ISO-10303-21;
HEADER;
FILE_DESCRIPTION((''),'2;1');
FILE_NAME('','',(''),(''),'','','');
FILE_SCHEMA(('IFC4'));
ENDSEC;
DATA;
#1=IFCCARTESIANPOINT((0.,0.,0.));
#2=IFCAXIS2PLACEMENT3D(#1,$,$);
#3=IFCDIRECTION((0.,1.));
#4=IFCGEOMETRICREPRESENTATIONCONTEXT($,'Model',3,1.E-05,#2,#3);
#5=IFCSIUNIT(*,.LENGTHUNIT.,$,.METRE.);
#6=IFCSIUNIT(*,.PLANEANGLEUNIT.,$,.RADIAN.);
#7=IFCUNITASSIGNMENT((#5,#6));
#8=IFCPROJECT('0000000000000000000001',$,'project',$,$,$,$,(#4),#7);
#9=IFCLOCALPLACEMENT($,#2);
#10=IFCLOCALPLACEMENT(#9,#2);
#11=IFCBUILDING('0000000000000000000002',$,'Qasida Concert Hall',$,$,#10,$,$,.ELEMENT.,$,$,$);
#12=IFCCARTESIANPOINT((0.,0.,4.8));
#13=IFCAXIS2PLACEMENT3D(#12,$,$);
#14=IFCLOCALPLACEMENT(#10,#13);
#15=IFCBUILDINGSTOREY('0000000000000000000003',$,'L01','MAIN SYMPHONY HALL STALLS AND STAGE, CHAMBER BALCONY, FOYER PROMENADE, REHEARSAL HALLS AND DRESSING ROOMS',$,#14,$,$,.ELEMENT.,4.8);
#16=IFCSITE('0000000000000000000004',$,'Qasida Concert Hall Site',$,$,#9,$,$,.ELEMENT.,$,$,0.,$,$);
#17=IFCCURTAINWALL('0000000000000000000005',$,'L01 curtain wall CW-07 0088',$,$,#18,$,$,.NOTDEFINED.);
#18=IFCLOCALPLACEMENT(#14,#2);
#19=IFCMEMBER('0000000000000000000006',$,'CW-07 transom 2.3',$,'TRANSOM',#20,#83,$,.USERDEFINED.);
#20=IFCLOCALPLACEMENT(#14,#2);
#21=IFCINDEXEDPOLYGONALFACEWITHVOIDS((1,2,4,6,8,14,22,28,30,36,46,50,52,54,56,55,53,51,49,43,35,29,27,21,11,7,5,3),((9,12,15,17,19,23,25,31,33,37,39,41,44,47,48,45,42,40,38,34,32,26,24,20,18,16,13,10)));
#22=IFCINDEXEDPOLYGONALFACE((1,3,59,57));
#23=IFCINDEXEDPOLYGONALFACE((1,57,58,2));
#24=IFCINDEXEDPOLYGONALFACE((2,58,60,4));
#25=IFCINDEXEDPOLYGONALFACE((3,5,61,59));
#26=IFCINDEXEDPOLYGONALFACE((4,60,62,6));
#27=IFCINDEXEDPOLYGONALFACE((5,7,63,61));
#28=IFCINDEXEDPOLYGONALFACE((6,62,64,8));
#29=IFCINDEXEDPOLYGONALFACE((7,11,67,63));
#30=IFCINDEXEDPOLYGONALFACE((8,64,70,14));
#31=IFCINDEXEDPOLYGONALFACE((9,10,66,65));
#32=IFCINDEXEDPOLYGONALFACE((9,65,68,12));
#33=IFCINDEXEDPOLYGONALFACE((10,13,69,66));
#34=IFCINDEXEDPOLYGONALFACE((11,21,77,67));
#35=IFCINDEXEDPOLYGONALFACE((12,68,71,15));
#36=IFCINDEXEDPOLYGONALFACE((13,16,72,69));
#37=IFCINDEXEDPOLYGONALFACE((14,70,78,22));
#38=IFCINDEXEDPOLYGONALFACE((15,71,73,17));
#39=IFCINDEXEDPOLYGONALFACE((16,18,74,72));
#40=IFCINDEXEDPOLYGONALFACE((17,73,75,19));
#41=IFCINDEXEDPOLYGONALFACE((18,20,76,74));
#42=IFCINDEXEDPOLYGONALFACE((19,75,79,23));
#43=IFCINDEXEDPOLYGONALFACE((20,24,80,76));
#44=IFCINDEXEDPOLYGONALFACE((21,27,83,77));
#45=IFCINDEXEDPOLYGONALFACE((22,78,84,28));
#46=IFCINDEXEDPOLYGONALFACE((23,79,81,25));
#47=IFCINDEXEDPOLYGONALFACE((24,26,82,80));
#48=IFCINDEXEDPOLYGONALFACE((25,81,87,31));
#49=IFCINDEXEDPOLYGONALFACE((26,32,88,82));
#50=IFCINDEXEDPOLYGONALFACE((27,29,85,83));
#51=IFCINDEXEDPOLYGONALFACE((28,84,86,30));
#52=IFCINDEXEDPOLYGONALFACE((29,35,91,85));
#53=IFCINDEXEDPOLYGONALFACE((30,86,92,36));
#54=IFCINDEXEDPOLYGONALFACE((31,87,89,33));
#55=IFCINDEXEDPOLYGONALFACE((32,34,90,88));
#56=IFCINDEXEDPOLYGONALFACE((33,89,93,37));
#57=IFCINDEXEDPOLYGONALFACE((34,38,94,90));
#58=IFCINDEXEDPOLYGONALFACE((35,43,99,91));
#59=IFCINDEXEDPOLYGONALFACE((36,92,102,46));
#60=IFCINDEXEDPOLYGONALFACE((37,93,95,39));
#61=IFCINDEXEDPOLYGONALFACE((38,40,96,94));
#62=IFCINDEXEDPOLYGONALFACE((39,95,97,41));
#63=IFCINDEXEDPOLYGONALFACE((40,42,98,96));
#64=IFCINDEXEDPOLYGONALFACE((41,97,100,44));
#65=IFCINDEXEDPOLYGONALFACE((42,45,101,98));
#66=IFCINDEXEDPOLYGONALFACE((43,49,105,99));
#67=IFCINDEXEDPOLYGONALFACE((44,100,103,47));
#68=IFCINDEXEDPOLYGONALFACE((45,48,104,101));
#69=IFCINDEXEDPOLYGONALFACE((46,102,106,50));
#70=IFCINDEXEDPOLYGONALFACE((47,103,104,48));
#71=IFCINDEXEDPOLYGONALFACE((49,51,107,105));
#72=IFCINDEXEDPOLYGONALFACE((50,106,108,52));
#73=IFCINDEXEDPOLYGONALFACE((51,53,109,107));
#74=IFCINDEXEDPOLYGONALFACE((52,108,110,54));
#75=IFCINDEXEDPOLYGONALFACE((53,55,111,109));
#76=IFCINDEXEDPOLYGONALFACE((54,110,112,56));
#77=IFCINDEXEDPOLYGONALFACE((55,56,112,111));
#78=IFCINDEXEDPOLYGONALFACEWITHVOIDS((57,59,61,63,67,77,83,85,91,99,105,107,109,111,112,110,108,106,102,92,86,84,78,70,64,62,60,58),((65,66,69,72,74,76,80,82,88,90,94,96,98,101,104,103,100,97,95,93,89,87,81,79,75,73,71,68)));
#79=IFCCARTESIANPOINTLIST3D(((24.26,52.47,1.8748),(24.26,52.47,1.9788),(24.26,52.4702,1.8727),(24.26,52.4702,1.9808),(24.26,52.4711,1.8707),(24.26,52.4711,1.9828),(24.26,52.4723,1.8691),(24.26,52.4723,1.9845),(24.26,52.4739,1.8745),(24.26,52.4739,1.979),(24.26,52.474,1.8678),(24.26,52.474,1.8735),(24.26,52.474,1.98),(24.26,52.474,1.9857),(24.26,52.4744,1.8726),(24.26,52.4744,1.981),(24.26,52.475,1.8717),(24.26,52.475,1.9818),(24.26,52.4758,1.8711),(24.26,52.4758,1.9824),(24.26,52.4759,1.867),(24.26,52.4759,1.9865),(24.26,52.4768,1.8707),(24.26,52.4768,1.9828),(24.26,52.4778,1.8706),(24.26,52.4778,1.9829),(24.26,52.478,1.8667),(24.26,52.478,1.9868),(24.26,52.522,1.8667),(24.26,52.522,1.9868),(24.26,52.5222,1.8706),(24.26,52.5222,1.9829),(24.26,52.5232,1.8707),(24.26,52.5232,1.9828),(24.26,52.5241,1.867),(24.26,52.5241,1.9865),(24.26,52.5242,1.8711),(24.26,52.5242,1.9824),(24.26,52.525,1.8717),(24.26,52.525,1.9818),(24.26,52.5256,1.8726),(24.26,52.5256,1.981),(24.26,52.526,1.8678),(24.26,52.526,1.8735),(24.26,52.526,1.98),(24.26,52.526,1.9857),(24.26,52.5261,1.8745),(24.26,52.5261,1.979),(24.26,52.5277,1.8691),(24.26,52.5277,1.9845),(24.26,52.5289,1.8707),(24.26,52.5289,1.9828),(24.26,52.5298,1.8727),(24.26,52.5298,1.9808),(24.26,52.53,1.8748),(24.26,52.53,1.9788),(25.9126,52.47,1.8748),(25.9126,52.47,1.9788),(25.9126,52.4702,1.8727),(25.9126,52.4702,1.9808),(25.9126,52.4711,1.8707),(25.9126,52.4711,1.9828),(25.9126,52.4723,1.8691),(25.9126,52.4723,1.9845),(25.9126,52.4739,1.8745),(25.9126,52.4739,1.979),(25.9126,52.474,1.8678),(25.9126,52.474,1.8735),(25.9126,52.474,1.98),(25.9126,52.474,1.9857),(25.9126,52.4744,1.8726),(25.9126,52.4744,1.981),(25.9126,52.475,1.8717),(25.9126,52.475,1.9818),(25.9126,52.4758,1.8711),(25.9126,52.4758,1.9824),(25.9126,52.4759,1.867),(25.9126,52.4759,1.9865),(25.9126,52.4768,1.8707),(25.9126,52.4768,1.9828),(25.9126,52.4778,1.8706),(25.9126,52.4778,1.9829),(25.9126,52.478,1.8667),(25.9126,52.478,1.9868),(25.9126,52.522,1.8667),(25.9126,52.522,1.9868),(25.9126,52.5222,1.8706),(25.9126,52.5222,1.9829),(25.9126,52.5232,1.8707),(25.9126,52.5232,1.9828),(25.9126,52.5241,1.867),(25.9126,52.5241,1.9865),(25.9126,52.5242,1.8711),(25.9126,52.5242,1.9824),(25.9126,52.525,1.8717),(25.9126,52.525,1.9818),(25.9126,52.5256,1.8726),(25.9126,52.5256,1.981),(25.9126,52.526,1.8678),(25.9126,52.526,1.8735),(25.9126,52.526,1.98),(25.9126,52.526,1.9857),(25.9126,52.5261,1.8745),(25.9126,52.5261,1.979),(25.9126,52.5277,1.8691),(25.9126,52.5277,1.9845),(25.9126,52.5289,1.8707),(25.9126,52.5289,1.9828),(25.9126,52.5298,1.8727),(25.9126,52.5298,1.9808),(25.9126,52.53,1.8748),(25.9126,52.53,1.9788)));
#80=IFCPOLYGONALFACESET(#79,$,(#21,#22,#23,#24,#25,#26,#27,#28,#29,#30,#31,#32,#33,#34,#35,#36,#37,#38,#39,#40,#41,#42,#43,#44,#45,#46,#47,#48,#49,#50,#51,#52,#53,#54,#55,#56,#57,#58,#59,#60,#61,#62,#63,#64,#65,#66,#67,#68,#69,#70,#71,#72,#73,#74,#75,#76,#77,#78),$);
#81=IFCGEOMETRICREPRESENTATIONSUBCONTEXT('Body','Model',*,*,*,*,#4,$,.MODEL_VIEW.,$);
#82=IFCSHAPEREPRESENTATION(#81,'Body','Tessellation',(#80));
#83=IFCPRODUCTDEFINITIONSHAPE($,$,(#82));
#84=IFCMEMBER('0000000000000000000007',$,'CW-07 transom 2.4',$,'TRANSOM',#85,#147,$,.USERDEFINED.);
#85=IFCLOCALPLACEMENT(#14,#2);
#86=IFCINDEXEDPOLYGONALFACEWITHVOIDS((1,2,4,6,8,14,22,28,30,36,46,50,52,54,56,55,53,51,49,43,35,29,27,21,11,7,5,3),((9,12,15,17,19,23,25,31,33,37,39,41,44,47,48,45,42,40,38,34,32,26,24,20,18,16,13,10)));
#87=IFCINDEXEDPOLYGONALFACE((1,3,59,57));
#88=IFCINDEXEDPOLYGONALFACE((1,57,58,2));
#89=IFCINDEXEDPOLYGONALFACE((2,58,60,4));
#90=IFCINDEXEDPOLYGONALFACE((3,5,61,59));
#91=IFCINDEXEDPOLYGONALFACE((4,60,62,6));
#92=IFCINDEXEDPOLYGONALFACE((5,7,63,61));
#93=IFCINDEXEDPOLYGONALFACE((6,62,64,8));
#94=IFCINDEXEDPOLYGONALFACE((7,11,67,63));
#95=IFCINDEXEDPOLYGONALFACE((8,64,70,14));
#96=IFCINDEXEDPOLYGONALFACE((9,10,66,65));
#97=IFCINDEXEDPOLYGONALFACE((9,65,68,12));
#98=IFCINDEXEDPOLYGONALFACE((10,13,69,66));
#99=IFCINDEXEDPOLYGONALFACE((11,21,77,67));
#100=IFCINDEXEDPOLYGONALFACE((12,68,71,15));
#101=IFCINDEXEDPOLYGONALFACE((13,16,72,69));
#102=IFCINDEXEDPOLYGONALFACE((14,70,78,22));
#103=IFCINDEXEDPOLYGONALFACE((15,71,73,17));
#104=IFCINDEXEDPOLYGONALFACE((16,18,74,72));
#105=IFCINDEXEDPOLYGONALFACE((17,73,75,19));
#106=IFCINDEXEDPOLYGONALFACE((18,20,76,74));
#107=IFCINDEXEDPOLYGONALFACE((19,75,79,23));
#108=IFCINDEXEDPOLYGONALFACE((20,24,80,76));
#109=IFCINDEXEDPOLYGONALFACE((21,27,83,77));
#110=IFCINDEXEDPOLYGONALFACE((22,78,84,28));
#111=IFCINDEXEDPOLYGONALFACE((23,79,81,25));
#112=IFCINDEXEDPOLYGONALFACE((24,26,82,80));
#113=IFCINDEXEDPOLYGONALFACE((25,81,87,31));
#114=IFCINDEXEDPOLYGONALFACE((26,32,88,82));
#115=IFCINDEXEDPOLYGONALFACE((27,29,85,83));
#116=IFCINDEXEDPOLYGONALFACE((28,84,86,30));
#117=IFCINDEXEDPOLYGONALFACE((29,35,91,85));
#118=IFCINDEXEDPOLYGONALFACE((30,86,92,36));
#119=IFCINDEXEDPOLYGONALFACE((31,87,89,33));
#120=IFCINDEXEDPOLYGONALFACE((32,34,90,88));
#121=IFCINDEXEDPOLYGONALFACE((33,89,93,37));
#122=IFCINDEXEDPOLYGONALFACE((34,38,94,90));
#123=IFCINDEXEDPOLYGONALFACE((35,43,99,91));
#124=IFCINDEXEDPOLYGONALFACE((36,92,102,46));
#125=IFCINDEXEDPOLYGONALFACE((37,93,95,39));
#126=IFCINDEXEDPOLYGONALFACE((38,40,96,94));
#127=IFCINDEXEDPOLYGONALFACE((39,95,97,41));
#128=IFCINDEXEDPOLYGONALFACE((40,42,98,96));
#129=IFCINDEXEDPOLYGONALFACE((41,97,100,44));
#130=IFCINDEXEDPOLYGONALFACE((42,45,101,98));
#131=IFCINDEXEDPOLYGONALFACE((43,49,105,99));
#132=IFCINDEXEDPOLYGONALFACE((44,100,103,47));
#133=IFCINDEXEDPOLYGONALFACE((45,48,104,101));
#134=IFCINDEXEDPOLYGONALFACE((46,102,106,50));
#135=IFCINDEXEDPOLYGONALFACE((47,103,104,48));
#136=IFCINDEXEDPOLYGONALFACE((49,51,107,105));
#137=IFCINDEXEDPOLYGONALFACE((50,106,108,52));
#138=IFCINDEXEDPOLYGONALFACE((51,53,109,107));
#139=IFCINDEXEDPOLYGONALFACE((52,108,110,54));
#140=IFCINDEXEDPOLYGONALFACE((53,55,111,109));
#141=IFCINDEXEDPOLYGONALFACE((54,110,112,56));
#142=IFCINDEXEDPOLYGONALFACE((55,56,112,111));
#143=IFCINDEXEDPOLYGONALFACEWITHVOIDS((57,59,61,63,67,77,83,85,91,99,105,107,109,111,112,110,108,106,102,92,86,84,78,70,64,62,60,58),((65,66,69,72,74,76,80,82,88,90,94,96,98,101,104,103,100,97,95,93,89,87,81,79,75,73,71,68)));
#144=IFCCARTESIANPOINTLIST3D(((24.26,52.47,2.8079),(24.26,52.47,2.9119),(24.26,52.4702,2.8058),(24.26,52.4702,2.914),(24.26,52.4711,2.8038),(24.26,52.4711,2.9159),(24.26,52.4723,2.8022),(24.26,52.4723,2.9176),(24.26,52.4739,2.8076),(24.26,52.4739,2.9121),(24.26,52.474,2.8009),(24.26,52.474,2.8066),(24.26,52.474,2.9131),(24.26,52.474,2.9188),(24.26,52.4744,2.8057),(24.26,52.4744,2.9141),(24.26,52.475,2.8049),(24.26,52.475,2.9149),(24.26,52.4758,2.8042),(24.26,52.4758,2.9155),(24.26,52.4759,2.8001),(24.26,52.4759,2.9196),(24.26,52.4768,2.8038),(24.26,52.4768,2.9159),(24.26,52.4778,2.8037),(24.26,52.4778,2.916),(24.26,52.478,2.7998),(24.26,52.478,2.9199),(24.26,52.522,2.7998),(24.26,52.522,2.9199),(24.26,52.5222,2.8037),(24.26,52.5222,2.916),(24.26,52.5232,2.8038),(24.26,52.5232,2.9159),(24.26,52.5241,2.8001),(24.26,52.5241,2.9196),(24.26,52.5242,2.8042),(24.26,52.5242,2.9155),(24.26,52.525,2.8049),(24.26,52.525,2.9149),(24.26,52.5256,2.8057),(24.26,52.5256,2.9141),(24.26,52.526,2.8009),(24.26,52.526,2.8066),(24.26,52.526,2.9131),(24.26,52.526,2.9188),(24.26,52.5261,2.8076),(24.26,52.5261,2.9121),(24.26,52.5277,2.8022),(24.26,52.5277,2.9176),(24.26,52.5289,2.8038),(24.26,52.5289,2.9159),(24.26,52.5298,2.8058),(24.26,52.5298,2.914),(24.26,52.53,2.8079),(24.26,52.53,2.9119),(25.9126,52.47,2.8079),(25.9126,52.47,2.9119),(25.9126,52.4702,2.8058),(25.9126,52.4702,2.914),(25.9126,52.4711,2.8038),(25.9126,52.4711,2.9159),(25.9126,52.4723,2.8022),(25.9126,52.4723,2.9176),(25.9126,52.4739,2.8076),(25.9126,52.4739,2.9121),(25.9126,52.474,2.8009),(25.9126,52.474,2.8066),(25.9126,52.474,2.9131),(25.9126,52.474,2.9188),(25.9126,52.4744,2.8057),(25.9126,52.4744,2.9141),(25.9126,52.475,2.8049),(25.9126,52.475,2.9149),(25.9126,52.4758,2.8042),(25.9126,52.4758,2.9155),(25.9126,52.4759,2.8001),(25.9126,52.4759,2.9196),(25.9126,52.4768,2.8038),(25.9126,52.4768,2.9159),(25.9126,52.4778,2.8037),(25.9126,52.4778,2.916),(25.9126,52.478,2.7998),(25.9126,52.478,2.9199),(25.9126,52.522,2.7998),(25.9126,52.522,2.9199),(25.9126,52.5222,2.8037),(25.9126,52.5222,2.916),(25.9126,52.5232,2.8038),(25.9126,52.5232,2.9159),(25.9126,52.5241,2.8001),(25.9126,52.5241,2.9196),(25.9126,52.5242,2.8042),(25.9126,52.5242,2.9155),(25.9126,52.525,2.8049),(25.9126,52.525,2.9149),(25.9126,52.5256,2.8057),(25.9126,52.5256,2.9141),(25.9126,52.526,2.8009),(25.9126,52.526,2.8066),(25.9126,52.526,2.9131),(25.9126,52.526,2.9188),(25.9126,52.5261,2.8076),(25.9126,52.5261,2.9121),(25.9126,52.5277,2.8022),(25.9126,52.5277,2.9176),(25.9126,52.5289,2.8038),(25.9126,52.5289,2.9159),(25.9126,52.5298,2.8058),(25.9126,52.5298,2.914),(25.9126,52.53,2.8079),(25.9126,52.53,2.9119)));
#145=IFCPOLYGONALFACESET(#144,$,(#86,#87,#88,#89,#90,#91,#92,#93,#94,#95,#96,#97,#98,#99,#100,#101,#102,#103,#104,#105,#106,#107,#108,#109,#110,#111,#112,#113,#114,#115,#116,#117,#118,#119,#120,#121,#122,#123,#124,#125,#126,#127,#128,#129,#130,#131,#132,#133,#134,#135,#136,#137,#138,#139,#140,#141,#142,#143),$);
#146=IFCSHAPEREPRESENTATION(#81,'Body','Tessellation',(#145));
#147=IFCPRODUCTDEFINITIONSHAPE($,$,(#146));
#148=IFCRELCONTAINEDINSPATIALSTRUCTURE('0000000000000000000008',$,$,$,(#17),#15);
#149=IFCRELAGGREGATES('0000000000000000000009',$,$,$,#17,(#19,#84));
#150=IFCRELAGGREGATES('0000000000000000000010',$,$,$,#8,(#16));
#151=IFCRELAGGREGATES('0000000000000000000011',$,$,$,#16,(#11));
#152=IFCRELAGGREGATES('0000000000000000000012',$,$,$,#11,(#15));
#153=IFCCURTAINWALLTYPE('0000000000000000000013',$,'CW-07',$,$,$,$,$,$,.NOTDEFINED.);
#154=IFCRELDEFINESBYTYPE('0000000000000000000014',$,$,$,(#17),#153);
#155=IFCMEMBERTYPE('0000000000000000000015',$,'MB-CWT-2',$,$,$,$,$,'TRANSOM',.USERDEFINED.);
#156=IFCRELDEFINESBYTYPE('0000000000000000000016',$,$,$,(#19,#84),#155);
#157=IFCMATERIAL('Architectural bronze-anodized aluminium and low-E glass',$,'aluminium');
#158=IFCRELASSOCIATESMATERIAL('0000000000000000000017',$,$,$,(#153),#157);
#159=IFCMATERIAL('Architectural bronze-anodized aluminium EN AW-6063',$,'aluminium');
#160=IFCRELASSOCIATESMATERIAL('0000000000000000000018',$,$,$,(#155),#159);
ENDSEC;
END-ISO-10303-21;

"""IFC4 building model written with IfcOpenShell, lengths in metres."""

from ifc_helpers import new_model, si_unit, direction, frame, origin, origin_2d, place, context, subcontext, project, spatial, hollow_rectangle, extrude, material, material_profile, profile_set, type_object, element, aggregate, save


model = new_model("IFC4")

# Units and contexts
model_context = context("Model", 3, precision=1e-05, world=origin(), true_north=direction((0.0, 1.0)))
body_context = subcontext(model_context, "Body", "Model", "MODEL_VIEW")
ifc_project = project(units=[si_unit("LENGTHUNIT", "METRE"), si_unit("PLANEANGLEUNIT", "RADIAN")], contexts=[model_context])

# Site, building, storey
site_placement = place(None, origin())
site = spatial("IfcSite", under=ifc_project, at=site_placement, Name="Qasida Concert Hall Site", CompositionType="ELEMENT", RefElevation=0.0)
building_placement = place(site_placement, origin())
building = spatial("IfcBuilding", under=site, at=building_placement, Name="Qasida Concert Hall", CompositionType="ELEMENT")
storey_placement = place(building_placement, frame((0.0, 0.0, 4.8)))
storey = spatial("IfcBuildingStorey", under=building, at=storey_placement, Name="L01", Description="MAIN SYMPHONY HALL STALLS AND STAGE, CHAMBER BALCONY, FOYER PROMENADE, REHEARSAL HALLS AND DRESSING ROOMS", CompositionType="ELEMENT", Elevation=4.8)

# Curtain wall
ifc_material_1 = material(Name="Architectural bronze-anodized aluminium and low-E glass", Category="aluminium")
curtain_wall_type_1 = type_object("IfcCurtainWallType", Name="CW-07", PredefinedType="NOTDEFINED", material=ifc_material_1)
curtain_wall_1_placement = place(storey_placement, origin())
curtain_wall_1 = element("IfcCurtainWall", 1, at=curtain_wall_1_placement, inside=storey, type_object=curtain_wall_type_1, Name="L01 curtain wall CW-07 0088", PredefinedType="NOTDEFINED")
ifc_material_2 = material(Name="Architectural bronze-anodized aluminium EN AW-6063", Category="aluminium")

# Members
ifc_material_profile_1 = material_profile(ifc_material_2, hollow_rectangle(XDim=0.0601, YDim=0.1201, WallThickness=0.0039, InnerFilletRadius=0.0039, OuterFilletRadius=0.0081, at=origin_2d()), Name="CWT 120x60x4")
ifc_profile_set_1 = profile_set([ifc_material_profile_1], Name="Architectural bronze-anodized aluminium EN AW-6063")
member_type_1 = type_object("IfcMemberType", Name="MB-CWT-2", ElementType="TRANSOM", PredefinedType="USERDEFINED", material=ifc_profile_set_1)
member_1_placement = place(storey_placement, frame((24.26, 52.5, 1.9268), z_axis=(1.0, 0.0, 0.0), x_axis=(0.0, 1.0, 0.0)))
member_1 = element("IfcMember", 2, at=member_1_placement, type_object=member_type_1, Name="CW-07 transom 2.3", ObjectType="TRANSOM", PredefinedType="USERDEFINED", context=body_context, shape_type="SweptSolid", body=[
    extrude(hollow_rectangle(XDim=0.0601, YDim=0.1201, WallThickness=0.0039, InnerFilletRadius=0.0039, OuterFilletRadius=0.0081, at=origin_2d()), origin(), (0.0, 0.0, 1.0), 1.6526),
])
member_2_placement = place(storey_placement, frame((24.26, 52.5, 2.8599), z_axis=(1.0, 0.0, 0.0), x_axis=(0.0, 1.0, 0.0)))
member_2 = element("IfcMember", 3, at=member_2_placement, type_object=member_type_1, Name="CW-07 transom 2.4", ObjectType="TRANSOM", PredefinedType="USERDEFINED", context=body_context, shape_type="SweptSolid", body=[
    extrude(hollow_rectangle(XDim=0.0601, YDim=0.1201, WallThickness=0.0039, InnerFilletRadius=0.0039, OuterFilletRadius=0.0081, at=origin_2d()), origin(), (0.0, 0.0, 1.0), 1.6526),
])

aggregate(curtain_wall_1, [member_1, member_2])

save(model, "model.ifc")
